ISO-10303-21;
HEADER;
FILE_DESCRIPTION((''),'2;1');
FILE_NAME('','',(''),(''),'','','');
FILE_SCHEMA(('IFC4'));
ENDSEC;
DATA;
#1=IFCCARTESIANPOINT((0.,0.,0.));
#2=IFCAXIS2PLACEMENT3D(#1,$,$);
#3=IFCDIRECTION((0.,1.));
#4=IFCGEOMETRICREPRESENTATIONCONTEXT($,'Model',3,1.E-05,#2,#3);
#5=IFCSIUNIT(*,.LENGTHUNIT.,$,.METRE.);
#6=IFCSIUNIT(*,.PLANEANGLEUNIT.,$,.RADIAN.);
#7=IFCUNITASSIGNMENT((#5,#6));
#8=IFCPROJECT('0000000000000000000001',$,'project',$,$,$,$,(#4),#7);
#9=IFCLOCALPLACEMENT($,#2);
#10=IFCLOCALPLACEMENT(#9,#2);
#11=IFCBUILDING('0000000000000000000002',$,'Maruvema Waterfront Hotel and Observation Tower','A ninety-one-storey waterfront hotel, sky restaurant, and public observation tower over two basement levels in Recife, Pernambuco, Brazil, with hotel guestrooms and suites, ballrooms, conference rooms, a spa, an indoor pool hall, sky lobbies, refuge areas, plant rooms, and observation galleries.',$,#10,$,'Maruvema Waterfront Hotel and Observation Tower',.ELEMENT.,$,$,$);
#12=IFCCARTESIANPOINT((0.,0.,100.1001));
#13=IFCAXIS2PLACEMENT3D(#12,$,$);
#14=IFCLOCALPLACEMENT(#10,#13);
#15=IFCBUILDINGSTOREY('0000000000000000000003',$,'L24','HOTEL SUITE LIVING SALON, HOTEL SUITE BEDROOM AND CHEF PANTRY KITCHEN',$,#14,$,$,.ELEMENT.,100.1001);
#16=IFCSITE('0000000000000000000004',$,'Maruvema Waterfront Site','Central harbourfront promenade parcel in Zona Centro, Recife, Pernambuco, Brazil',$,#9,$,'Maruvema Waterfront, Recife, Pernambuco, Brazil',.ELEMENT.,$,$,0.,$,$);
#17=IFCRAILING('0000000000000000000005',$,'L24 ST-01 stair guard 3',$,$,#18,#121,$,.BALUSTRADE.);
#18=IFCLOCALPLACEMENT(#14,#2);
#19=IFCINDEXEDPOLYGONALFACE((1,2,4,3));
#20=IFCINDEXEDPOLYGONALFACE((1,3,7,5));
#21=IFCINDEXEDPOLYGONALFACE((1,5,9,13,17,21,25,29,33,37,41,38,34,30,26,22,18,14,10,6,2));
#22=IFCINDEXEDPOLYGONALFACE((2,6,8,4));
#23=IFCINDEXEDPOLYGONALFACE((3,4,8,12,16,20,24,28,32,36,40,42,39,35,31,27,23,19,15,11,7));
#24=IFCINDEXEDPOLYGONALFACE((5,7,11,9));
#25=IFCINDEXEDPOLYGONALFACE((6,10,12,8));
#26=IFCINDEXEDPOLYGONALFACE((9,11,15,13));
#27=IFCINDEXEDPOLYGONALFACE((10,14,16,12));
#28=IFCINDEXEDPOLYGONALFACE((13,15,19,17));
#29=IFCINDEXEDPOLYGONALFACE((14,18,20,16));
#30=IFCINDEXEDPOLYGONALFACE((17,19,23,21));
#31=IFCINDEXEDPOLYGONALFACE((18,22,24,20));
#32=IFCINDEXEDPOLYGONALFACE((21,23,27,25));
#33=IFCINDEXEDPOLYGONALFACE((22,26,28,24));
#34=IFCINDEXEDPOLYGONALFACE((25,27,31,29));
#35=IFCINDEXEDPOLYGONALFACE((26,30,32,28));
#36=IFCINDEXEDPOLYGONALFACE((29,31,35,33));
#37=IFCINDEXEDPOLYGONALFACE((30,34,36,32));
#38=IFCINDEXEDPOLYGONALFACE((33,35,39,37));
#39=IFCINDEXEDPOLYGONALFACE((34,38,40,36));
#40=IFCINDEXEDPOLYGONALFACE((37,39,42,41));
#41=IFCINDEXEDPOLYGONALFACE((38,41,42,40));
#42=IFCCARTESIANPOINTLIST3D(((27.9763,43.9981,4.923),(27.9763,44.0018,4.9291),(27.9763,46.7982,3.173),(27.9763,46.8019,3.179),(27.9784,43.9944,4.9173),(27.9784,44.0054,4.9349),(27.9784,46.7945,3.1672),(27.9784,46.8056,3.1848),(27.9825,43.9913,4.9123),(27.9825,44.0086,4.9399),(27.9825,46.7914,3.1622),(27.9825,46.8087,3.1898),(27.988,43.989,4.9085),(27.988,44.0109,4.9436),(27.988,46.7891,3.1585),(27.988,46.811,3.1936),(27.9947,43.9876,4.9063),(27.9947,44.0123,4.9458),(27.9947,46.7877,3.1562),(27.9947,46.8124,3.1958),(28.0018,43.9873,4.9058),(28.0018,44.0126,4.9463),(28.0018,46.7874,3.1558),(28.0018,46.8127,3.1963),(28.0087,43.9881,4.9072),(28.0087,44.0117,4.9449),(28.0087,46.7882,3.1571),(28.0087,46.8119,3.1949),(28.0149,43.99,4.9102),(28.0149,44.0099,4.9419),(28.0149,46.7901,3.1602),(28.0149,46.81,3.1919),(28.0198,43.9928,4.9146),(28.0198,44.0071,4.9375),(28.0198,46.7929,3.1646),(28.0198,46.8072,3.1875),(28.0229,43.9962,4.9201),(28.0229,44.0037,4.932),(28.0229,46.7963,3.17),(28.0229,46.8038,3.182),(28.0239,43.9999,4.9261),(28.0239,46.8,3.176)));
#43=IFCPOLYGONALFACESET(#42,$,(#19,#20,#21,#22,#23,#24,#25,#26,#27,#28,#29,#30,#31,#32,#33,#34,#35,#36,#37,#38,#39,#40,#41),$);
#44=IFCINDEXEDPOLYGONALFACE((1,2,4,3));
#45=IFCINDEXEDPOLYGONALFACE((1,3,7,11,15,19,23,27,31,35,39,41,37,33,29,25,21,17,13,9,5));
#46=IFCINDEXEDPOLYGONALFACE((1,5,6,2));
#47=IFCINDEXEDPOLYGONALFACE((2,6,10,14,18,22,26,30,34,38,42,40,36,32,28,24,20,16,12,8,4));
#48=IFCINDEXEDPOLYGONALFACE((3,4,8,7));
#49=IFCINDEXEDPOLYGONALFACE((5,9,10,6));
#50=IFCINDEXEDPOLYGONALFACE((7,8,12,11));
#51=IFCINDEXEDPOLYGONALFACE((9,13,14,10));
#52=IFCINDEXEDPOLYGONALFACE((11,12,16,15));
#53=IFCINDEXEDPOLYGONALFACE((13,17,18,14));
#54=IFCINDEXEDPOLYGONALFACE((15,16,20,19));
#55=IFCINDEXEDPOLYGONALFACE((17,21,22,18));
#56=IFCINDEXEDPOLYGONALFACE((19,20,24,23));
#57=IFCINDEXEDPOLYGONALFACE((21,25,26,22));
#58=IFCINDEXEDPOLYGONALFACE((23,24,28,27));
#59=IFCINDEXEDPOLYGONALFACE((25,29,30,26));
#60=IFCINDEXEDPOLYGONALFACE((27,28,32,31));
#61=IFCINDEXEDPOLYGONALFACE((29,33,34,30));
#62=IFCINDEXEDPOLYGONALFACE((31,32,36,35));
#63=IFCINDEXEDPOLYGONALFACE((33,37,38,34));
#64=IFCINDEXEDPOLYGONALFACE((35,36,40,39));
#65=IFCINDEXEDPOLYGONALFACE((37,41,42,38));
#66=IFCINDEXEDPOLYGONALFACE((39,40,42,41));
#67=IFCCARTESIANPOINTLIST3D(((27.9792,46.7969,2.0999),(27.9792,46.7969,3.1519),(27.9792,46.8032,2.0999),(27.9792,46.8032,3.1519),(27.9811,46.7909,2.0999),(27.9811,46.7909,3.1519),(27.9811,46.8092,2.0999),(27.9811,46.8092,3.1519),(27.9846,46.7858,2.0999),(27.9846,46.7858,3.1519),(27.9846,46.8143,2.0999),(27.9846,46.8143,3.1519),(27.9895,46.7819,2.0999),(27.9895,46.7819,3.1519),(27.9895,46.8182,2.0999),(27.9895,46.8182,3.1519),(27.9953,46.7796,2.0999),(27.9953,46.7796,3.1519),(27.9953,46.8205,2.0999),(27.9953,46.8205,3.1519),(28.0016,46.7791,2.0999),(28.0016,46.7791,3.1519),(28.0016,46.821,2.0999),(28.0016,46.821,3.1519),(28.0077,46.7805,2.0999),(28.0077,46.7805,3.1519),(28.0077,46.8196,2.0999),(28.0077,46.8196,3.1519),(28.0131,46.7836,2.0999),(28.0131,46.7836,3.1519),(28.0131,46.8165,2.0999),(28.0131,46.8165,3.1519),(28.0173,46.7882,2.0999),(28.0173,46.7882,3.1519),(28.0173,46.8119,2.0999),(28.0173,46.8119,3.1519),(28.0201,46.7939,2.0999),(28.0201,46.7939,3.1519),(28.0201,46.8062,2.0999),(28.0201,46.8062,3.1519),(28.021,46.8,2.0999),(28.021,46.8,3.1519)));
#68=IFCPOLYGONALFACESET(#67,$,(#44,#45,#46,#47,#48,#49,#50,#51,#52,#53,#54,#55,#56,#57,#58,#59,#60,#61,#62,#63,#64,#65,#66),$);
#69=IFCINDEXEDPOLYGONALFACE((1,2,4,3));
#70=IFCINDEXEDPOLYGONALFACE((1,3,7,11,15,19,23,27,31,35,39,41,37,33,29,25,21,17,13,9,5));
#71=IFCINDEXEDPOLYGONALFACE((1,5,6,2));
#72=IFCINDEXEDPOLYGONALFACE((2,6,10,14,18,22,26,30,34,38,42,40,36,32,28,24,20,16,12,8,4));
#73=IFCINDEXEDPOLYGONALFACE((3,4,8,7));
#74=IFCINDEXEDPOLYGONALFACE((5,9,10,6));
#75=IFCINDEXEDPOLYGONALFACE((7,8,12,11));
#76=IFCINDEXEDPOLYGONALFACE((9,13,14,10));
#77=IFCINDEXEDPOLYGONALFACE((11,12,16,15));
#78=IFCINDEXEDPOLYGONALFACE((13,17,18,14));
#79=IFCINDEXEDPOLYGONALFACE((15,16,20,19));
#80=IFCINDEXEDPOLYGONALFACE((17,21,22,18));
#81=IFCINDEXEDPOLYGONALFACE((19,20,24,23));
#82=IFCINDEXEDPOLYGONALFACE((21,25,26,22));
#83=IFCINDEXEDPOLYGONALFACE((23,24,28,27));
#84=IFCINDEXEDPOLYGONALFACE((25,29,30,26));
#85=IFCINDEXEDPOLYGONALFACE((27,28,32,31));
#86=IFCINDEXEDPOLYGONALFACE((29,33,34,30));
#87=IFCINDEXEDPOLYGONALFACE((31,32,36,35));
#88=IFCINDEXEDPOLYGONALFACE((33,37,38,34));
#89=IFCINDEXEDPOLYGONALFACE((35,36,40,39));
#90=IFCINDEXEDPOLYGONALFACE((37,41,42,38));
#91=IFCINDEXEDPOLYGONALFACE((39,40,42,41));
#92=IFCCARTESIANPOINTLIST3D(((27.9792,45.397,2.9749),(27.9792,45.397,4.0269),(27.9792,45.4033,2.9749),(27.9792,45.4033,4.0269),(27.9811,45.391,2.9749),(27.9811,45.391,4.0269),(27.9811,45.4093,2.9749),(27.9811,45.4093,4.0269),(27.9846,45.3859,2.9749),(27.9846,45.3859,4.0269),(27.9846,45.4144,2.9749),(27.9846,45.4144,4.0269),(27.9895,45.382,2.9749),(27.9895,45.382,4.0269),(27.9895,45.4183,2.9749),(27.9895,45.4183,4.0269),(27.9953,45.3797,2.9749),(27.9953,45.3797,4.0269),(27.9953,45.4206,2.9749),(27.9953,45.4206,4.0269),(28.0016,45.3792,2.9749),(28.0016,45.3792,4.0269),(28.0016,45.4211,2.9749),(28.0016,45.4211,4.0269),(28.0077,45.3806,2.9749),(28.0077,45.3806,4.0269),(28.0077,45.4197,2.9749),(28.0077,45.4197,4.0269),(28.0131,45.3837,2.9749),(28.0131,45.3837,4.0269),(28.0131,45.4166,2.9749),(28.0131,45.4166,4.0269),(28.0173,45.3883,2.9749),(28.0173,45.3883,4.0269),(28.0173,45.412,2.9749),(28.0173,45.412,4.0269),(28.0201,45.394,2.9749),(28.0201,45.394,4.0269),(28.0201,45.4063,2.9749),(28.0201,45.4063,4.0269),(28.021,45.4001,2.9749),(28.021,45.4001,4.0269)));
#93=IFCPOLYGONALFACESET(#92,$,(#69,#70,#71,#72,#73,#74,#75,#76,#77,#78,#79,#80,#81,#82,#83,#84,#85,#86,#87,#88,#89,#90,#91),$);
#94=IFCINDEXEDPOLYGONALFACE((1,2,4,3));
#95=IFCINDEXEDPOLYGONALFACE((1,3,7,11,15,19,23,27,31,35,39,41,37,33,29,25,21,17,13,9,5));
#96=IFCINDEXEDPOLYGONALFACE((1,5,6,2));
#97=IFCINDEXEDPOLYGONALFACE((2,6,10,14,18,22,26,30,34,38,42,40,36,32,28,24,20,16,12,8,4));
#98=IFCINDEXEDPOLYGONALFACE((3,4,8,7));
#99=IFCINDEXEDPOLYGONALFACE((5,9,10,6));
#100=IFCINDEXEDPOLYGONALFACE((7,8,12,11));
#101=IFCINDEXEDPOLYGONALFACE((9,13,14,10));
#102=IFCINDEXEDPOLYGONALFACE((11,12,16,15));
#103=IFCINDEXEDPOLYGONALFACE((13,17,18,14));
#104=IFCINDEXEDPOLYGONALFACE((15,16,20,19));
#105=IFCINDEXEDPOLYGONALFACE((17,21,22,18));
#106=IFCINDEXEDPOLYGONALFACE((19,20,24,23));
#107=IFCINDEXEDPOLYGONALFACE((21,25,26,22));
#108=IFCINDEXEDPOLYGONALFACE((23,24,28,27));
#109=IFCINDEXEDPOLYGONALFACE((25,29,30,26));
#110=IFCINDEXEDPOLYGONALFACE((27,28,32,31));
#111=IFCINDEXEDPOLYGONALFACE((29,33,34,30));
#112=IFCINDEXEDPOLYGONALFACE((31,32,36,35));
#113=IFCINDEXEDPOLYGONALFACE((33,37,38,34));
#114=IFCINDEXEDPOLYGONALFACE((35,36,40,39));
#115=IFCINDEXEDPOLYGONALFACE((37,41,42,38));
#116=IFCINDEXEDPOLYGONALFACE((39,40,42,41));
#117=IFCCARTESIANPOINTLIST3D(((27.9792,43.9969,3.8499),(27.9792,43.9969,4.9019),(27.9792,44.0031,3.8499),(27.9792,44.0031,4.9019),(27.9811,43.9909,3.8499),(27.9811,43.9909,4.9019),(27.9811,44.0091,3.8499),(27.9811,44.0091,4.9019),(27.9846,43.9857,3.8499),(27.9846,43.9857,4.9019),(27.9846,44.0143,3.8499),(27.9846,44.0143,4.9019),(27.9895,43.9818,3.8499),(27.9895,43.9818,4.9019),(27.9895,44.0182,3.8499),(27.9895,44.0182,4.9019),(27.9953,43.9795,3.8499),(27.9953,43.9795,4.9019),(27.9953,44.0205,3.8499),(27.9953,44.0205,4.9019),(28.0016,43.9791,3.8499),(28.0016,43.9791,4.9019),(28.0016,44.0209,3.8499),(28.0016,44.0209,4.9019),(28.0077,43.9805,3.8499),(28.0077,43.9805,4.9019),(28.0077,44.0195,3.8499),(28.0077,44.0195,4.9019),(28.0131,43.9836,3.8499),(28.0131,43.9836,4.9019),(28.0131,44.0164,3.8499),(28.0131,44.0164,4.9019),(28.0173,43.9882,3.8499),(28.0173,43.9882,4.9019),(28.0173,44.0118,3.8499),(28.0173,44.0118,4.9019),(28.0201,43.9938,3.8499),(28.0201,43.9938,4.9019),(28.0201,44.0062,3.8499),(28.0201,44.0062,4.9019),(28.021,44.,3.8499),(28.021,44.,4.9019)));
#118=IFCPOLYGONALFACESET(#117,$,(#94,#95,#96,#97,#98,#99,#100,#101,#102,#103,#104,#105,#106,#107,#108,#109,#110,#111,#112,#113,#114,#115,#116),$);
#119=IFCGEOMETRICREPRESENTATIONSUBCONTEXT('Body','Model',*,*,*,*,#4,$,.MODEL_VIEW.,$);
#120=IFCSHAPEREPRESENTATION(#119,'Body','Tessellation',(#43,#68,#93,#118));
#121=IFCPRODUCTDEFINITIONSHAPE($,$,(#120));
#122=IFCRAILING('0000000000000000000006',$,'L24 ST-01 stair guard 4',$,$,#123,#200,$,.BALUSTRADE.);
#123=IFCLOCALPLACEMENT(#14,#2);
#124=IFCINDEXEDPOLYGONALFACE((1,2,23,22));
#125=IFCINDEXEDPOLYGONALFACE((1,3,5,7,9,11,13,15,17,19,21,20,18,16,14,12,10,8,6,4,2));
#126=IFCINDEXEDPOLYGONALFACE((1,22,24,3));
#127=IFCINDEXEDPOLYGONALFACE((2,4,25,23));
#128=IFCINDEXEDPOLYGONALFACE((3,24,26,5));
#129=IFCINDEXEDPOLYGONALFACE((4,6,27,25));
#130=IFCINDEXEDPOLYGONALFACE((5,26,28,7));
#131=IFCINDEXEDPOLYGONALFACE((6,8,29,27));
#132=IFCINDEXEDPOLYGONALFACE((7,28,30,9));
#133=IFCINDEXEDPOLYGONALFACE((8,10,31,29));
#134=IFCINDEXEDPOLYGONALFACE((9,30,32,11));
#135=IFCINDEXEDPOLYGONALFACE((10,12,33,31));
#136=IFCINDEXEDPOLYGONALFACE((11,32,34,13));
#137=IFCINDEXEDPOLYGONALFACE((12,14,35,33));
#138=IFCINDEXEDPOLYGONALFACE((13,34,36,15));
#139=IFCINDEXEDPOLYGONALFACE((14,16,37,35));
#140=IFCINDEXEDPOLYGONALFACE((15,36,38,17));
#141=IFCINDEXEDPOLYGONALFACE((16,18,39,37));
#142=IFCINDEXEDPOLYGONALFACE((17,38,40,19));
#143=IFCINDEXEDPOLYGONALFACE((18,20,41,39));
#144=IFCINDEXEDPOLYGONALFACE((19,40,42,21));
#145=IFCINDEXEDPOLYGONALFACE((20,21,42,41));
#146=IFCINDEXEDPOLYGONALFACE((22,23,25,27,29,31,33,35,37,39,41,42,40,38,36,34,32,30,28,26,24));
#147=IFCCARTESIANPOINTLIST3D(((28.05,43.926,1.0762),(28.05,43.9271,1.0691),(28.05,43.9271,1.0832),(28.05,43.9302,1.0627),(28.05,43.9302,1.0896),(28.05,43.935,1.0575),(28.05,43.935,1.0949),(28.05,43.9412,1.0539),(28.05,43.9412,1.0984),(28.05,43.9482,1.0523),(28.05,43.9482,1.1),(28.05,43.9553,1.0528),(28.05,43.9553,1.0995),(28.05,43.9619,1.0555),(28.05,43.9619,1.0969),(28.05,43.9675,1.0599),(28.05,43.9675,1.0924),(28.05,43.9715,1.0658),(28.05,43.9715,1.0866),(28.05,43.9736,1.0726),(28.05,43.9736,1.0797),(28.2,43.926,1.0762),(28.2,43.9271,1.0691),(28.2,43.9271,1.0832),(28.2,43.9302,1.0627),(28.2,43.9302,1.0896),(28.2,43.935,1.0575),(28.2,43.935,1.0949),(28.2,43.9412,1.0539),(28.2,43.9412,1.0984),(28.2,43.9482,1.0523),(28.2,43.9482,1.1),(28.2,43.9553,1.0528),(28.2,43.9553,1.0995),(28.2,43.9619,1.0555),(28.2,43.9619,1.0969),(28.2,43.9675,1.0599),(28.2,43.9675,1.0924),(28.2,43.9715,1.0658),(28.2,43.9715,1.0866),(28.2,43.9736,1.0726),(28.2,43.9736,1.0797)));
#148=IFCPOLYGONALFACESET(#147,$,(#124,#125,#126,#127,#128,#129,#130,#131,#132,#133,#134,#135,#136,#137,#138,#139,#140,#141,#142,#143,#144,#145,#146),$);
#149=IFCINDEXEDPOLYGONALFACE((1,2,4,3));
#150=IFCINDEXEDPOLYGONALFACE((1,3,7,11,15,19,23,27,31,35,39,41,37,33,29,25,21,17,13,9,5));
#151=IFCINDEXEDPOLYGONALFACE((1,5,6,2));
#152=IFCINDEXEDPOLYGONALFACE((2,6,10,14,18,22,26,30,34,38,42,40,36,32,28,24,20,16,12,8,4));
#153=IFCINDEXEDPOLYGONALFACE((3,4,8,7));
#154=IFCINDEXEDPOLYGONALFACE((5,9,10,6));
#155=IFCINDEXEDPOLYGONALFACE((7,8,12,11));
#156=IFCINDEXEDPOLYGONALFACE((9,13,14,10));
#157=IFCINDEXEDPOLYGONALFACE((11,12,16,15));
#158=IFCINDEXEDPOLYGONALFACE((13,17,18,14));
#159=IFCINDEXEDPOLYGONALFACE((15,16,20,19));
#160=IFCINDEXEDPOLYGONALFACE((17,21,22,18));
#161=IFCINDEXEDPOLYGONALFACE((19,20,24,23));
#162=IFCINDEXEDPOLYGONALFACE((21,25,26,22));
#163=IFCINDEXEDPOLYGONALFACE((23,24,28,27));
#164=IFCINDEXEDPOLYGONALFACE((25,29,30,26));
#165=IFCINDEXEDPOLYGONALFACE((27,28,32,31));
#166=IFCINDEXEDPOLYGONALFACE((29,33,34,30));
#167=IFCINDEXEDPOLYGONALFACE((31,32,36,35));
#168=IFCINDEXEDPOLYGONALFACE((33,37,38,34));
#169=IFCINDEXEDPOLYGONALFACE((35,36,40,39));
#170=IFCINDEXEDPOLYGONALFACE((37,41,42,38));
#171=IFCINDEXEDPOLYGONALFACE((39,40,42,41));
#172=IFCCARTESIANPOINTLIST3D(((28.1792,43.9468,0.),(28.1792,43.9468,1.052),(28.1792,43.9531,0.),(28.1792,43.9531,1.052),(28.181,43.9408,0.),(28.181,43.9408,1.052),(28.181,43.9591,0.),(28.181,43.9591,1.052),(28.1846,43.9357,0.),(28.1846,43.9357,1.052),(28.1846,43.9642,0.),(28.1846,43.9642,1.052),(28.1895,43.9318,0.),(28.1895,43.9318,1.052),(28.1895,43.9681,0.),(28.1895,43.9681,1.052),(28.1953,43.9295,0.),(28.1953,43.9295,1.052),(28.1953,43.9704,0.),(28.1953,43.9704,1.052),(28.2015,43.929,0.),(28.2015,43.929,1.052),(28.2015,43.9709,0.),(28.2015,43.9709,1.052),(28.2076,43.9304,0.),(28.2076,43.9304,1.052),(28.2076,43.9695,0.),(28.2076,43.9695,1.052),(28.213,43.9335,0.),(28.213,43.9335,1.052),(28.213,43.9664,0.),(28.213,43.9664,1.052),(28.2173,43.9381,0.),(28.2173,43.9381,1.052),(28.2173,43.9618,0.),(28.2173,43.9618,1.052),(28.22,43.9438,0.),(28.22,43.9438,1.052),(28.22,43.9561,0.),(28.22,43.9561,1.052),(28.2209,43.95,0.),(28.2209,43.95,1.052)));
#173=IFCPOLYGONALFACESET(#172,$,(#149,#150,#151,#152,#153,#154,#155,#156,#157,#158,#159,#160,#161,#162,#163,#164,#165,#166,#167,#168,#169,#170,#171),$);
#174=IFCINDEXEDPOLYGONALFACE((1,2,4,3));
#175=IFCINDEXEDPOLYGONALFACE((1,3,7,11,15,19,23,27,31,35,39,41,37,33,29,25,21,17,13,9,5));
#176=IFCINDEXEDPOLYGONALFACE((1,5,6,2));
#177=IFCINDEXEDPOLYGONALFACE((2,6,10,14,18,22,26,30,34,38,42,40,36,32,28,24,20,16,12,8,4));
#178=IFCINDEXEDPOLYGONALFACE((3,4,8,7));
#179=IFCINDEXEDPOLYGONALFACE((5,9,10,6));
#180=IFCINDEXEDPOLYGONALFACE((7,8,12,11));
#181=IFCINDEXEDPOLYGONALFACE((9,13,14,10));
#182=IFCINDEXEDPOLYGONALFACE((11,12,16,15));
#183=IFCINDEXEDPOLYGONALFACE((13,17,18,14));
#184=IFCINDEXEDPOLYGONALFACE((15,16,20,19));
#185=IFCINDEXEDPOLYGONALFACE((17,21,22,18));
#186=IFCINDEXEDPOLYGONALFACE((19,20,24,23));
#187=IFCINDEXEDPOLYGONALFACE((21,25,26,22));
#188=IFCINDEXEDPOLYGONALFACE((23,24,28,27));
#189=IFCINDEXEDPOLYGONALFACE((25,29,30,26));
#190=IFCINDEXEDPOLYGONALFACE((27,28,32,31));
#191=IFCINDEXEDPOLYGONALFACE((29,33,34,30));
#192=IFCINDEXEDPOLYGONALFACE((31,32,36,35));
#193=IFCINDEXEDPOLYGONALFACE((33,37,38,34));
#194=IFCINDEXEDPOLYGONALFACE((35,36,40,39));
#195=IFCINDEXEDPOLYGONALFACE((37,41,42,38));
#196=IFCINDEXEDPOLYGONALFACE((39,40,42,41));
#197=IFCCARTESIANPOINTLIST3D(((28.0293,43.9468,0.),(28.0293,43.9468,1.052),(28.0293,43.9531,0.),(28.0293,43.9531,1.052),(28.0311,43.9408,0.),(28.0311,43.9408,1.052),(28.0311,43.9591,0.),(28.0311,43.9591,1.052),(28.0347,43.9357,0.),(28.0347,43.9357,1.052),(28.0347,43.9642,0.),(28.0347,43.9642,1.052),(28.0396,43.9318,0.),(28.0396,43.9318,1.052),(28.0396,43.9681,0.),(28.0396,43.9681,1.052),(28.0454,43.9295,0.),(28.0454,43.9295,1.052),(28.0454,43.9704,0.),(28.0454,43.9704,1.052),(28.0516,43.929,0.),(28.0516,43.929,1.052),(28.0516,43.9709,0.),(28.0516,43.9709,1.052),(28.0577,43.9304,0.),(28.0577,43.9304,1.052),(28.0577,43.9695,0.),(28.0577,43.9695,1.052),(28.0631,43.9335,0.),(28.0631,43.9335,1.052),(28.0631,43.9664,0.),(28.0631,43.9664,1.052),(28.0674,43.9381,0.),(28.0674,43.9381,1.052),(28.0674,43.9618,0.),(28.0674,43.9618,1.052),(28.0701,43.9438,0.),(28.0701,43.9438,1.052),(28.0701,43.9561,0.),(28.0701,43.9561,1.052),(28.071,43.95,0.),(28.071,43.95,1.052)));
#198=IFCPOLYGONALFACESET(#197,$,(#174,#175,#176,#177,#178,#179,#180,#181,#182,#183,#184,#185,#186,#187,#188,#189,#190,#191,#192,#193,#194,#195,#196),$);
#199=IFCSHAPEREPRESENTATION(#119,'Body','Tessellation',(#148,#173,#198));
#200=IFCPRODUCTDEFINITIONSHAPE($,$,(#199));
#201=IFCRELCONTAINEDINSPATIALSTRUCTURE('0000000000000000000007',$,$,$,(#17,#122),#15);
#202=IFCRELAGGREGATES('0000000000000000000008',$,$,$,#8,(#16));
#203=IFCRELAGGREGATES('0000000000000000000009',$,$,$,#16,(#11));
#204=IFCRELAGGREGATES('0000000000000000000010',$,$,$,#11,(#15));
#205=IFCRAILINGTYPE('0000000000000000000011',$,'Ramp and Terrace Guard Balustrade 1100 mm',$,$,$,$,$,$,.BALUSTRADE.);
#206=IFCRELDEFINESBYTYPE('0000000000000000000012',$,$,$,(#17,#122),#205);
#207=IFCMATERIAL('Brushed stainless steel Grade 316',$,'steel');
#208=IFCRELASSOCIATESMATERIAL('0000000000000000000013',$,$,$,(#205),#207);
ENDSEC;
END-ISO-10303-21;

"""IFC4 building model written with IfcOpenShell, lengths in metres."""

from ifc_helpers import new_model, si_unit, direction, frame, origin, origin_2d, place, context, subcontext, project, spatial, circle, extrude, material, type_object, element, save


model = new_model("IFC4")

# Units and contexts
model_context = context("Model", 3, precision=1e-05, world=origin(), true_north=direction((0.0, 1.0)))
body_context = subcontext(model_context, "Body", "Model", "MODEL_VIEW")
ifc_project = project(units=[si_unit("LENGTHUNIT", "METRE"), si_unit("PLANEANGLEUNIT", "RADIAN")], contexts=[model_context])

# Site, building, storey
site_placement = place(None, origin())
site = spatial("IfcSite", under=ifc_project, at=site_placement, Name="Maruvema Waterfront Site", Description="Central harbourfront promenade parcel in Zona Centro, Recife, Pernambuco, Brazil", LongName="Maruvema Waterfront, Recife, Pernambuco, Brazil", CompositionType="ELEMENT", RefElevation=0.0)
building_placement = place(site_placement, origin())
building = spatial("IfcBuilding", under=site, at=building_placement, Name="Maruvema Waterfront Hotel and Observation Tower", Description="A ninety-one-storey waterfront hotel, sky restaurant, and public observation tower over two basement levels in Recife, Pernambuco, Brazil, with hotel guestrooms and suites, ballrooms, conference rooms, a spa, an indoor pool hall, sky lobbies, refuge areas, plant rooms, and observation galleries.", LongName="Maruvema Waterfront Hotel and Observation Tower", CompositionType="ELEMENT")
storey_placement = place(building_placement, frame((0.0, 0.0, 100.1001)))
storey = spatial("IfcBuildingStorey", under=building, at=storey_placement, Name="L24", Description="HOTEL SUITE LIVING SALON, HOTEL SUITE BEDROOM AND CHEF PANTRY KITCHEN", CompositionType="ELEMENT", Elevation=100.1001)

# Railings
ifc_material_1 = material(Name="Brushed stainless steel Grade 316", Category="steel")
railing_type_1 = type_object("IfcRailingType", Name="Ramp and Terrace Guard Balustrade 1100 mm", PredefinedType="BALUSTRADE", material=ifc_material_1)
railing_1_placement = place(storey_placement, frame((28.0, 46.8, 2.0999)))
element("IfcRailing", 1, at=railing_1_placement, inside=storey, type_object=railing_type_1, Name="L24 ST-01 stair guard 3", PredefinedType="BALUSTRADE", context=body_context, shape_type="SweptSolid", body=[
    extrude(circle(Radius=0.0239, at=origin_2d()), frame((0.0, 0.0, 1.0762), z_axis=(0.0, -0.848002, 0.529992), x_axis=(1.0, 0.0, 0.0)), (0.0, 0.0, 1.0), 3.302),
    extrude(circle(Radius=0.021, at=origin_2d()), origin(), (0.0, 0.0, 1.0), 1.052),
    extrude(circle(Radius=0.021, at=origin_2d()), frame((0.0, -1.3999, 0.875)), (0.0, 0.0, 1.0), 1.052),
    extrude(circle(Radius=0.021, at=origin_2d()), frame((0.0, -2.8, 1.75)), (0.0, 0.0, 1.0), 1.052),
])
railing_2_placement = place(storey_placement, frame((28.2, 43.95, 0.0)))
element("IfcRailing", 2, at=railing_2_placement, inside=storey, type_object=railing_type_1, Name="L24 ST-01 stair guard 4", PredefinedType="BALUSTRADE", context=body_context, shape_type="SweptSolid", body=[
    extrude(circle(Radius=0.0239, at=origin_2d()), frame((0.0, 0.0, 1.0762), z_axis=(-1.0, 0.0, 0.0), x_axis=(0.0, -1.0, 0.0)), (0.0, 0.0, 1.0), 0.1499),
    extrude(circle(Radius=0.021, at=origin_2d()), origin(), (0.0, 0.0, 1.0), 1.052),
    extrude(circle(Radius=0.021, at=origin_2d()), frame((-0.1499, 0.0, 0.0)), (0.0, 0.0, 1.0), 1.052),
])

save(model, "model.ifc")
